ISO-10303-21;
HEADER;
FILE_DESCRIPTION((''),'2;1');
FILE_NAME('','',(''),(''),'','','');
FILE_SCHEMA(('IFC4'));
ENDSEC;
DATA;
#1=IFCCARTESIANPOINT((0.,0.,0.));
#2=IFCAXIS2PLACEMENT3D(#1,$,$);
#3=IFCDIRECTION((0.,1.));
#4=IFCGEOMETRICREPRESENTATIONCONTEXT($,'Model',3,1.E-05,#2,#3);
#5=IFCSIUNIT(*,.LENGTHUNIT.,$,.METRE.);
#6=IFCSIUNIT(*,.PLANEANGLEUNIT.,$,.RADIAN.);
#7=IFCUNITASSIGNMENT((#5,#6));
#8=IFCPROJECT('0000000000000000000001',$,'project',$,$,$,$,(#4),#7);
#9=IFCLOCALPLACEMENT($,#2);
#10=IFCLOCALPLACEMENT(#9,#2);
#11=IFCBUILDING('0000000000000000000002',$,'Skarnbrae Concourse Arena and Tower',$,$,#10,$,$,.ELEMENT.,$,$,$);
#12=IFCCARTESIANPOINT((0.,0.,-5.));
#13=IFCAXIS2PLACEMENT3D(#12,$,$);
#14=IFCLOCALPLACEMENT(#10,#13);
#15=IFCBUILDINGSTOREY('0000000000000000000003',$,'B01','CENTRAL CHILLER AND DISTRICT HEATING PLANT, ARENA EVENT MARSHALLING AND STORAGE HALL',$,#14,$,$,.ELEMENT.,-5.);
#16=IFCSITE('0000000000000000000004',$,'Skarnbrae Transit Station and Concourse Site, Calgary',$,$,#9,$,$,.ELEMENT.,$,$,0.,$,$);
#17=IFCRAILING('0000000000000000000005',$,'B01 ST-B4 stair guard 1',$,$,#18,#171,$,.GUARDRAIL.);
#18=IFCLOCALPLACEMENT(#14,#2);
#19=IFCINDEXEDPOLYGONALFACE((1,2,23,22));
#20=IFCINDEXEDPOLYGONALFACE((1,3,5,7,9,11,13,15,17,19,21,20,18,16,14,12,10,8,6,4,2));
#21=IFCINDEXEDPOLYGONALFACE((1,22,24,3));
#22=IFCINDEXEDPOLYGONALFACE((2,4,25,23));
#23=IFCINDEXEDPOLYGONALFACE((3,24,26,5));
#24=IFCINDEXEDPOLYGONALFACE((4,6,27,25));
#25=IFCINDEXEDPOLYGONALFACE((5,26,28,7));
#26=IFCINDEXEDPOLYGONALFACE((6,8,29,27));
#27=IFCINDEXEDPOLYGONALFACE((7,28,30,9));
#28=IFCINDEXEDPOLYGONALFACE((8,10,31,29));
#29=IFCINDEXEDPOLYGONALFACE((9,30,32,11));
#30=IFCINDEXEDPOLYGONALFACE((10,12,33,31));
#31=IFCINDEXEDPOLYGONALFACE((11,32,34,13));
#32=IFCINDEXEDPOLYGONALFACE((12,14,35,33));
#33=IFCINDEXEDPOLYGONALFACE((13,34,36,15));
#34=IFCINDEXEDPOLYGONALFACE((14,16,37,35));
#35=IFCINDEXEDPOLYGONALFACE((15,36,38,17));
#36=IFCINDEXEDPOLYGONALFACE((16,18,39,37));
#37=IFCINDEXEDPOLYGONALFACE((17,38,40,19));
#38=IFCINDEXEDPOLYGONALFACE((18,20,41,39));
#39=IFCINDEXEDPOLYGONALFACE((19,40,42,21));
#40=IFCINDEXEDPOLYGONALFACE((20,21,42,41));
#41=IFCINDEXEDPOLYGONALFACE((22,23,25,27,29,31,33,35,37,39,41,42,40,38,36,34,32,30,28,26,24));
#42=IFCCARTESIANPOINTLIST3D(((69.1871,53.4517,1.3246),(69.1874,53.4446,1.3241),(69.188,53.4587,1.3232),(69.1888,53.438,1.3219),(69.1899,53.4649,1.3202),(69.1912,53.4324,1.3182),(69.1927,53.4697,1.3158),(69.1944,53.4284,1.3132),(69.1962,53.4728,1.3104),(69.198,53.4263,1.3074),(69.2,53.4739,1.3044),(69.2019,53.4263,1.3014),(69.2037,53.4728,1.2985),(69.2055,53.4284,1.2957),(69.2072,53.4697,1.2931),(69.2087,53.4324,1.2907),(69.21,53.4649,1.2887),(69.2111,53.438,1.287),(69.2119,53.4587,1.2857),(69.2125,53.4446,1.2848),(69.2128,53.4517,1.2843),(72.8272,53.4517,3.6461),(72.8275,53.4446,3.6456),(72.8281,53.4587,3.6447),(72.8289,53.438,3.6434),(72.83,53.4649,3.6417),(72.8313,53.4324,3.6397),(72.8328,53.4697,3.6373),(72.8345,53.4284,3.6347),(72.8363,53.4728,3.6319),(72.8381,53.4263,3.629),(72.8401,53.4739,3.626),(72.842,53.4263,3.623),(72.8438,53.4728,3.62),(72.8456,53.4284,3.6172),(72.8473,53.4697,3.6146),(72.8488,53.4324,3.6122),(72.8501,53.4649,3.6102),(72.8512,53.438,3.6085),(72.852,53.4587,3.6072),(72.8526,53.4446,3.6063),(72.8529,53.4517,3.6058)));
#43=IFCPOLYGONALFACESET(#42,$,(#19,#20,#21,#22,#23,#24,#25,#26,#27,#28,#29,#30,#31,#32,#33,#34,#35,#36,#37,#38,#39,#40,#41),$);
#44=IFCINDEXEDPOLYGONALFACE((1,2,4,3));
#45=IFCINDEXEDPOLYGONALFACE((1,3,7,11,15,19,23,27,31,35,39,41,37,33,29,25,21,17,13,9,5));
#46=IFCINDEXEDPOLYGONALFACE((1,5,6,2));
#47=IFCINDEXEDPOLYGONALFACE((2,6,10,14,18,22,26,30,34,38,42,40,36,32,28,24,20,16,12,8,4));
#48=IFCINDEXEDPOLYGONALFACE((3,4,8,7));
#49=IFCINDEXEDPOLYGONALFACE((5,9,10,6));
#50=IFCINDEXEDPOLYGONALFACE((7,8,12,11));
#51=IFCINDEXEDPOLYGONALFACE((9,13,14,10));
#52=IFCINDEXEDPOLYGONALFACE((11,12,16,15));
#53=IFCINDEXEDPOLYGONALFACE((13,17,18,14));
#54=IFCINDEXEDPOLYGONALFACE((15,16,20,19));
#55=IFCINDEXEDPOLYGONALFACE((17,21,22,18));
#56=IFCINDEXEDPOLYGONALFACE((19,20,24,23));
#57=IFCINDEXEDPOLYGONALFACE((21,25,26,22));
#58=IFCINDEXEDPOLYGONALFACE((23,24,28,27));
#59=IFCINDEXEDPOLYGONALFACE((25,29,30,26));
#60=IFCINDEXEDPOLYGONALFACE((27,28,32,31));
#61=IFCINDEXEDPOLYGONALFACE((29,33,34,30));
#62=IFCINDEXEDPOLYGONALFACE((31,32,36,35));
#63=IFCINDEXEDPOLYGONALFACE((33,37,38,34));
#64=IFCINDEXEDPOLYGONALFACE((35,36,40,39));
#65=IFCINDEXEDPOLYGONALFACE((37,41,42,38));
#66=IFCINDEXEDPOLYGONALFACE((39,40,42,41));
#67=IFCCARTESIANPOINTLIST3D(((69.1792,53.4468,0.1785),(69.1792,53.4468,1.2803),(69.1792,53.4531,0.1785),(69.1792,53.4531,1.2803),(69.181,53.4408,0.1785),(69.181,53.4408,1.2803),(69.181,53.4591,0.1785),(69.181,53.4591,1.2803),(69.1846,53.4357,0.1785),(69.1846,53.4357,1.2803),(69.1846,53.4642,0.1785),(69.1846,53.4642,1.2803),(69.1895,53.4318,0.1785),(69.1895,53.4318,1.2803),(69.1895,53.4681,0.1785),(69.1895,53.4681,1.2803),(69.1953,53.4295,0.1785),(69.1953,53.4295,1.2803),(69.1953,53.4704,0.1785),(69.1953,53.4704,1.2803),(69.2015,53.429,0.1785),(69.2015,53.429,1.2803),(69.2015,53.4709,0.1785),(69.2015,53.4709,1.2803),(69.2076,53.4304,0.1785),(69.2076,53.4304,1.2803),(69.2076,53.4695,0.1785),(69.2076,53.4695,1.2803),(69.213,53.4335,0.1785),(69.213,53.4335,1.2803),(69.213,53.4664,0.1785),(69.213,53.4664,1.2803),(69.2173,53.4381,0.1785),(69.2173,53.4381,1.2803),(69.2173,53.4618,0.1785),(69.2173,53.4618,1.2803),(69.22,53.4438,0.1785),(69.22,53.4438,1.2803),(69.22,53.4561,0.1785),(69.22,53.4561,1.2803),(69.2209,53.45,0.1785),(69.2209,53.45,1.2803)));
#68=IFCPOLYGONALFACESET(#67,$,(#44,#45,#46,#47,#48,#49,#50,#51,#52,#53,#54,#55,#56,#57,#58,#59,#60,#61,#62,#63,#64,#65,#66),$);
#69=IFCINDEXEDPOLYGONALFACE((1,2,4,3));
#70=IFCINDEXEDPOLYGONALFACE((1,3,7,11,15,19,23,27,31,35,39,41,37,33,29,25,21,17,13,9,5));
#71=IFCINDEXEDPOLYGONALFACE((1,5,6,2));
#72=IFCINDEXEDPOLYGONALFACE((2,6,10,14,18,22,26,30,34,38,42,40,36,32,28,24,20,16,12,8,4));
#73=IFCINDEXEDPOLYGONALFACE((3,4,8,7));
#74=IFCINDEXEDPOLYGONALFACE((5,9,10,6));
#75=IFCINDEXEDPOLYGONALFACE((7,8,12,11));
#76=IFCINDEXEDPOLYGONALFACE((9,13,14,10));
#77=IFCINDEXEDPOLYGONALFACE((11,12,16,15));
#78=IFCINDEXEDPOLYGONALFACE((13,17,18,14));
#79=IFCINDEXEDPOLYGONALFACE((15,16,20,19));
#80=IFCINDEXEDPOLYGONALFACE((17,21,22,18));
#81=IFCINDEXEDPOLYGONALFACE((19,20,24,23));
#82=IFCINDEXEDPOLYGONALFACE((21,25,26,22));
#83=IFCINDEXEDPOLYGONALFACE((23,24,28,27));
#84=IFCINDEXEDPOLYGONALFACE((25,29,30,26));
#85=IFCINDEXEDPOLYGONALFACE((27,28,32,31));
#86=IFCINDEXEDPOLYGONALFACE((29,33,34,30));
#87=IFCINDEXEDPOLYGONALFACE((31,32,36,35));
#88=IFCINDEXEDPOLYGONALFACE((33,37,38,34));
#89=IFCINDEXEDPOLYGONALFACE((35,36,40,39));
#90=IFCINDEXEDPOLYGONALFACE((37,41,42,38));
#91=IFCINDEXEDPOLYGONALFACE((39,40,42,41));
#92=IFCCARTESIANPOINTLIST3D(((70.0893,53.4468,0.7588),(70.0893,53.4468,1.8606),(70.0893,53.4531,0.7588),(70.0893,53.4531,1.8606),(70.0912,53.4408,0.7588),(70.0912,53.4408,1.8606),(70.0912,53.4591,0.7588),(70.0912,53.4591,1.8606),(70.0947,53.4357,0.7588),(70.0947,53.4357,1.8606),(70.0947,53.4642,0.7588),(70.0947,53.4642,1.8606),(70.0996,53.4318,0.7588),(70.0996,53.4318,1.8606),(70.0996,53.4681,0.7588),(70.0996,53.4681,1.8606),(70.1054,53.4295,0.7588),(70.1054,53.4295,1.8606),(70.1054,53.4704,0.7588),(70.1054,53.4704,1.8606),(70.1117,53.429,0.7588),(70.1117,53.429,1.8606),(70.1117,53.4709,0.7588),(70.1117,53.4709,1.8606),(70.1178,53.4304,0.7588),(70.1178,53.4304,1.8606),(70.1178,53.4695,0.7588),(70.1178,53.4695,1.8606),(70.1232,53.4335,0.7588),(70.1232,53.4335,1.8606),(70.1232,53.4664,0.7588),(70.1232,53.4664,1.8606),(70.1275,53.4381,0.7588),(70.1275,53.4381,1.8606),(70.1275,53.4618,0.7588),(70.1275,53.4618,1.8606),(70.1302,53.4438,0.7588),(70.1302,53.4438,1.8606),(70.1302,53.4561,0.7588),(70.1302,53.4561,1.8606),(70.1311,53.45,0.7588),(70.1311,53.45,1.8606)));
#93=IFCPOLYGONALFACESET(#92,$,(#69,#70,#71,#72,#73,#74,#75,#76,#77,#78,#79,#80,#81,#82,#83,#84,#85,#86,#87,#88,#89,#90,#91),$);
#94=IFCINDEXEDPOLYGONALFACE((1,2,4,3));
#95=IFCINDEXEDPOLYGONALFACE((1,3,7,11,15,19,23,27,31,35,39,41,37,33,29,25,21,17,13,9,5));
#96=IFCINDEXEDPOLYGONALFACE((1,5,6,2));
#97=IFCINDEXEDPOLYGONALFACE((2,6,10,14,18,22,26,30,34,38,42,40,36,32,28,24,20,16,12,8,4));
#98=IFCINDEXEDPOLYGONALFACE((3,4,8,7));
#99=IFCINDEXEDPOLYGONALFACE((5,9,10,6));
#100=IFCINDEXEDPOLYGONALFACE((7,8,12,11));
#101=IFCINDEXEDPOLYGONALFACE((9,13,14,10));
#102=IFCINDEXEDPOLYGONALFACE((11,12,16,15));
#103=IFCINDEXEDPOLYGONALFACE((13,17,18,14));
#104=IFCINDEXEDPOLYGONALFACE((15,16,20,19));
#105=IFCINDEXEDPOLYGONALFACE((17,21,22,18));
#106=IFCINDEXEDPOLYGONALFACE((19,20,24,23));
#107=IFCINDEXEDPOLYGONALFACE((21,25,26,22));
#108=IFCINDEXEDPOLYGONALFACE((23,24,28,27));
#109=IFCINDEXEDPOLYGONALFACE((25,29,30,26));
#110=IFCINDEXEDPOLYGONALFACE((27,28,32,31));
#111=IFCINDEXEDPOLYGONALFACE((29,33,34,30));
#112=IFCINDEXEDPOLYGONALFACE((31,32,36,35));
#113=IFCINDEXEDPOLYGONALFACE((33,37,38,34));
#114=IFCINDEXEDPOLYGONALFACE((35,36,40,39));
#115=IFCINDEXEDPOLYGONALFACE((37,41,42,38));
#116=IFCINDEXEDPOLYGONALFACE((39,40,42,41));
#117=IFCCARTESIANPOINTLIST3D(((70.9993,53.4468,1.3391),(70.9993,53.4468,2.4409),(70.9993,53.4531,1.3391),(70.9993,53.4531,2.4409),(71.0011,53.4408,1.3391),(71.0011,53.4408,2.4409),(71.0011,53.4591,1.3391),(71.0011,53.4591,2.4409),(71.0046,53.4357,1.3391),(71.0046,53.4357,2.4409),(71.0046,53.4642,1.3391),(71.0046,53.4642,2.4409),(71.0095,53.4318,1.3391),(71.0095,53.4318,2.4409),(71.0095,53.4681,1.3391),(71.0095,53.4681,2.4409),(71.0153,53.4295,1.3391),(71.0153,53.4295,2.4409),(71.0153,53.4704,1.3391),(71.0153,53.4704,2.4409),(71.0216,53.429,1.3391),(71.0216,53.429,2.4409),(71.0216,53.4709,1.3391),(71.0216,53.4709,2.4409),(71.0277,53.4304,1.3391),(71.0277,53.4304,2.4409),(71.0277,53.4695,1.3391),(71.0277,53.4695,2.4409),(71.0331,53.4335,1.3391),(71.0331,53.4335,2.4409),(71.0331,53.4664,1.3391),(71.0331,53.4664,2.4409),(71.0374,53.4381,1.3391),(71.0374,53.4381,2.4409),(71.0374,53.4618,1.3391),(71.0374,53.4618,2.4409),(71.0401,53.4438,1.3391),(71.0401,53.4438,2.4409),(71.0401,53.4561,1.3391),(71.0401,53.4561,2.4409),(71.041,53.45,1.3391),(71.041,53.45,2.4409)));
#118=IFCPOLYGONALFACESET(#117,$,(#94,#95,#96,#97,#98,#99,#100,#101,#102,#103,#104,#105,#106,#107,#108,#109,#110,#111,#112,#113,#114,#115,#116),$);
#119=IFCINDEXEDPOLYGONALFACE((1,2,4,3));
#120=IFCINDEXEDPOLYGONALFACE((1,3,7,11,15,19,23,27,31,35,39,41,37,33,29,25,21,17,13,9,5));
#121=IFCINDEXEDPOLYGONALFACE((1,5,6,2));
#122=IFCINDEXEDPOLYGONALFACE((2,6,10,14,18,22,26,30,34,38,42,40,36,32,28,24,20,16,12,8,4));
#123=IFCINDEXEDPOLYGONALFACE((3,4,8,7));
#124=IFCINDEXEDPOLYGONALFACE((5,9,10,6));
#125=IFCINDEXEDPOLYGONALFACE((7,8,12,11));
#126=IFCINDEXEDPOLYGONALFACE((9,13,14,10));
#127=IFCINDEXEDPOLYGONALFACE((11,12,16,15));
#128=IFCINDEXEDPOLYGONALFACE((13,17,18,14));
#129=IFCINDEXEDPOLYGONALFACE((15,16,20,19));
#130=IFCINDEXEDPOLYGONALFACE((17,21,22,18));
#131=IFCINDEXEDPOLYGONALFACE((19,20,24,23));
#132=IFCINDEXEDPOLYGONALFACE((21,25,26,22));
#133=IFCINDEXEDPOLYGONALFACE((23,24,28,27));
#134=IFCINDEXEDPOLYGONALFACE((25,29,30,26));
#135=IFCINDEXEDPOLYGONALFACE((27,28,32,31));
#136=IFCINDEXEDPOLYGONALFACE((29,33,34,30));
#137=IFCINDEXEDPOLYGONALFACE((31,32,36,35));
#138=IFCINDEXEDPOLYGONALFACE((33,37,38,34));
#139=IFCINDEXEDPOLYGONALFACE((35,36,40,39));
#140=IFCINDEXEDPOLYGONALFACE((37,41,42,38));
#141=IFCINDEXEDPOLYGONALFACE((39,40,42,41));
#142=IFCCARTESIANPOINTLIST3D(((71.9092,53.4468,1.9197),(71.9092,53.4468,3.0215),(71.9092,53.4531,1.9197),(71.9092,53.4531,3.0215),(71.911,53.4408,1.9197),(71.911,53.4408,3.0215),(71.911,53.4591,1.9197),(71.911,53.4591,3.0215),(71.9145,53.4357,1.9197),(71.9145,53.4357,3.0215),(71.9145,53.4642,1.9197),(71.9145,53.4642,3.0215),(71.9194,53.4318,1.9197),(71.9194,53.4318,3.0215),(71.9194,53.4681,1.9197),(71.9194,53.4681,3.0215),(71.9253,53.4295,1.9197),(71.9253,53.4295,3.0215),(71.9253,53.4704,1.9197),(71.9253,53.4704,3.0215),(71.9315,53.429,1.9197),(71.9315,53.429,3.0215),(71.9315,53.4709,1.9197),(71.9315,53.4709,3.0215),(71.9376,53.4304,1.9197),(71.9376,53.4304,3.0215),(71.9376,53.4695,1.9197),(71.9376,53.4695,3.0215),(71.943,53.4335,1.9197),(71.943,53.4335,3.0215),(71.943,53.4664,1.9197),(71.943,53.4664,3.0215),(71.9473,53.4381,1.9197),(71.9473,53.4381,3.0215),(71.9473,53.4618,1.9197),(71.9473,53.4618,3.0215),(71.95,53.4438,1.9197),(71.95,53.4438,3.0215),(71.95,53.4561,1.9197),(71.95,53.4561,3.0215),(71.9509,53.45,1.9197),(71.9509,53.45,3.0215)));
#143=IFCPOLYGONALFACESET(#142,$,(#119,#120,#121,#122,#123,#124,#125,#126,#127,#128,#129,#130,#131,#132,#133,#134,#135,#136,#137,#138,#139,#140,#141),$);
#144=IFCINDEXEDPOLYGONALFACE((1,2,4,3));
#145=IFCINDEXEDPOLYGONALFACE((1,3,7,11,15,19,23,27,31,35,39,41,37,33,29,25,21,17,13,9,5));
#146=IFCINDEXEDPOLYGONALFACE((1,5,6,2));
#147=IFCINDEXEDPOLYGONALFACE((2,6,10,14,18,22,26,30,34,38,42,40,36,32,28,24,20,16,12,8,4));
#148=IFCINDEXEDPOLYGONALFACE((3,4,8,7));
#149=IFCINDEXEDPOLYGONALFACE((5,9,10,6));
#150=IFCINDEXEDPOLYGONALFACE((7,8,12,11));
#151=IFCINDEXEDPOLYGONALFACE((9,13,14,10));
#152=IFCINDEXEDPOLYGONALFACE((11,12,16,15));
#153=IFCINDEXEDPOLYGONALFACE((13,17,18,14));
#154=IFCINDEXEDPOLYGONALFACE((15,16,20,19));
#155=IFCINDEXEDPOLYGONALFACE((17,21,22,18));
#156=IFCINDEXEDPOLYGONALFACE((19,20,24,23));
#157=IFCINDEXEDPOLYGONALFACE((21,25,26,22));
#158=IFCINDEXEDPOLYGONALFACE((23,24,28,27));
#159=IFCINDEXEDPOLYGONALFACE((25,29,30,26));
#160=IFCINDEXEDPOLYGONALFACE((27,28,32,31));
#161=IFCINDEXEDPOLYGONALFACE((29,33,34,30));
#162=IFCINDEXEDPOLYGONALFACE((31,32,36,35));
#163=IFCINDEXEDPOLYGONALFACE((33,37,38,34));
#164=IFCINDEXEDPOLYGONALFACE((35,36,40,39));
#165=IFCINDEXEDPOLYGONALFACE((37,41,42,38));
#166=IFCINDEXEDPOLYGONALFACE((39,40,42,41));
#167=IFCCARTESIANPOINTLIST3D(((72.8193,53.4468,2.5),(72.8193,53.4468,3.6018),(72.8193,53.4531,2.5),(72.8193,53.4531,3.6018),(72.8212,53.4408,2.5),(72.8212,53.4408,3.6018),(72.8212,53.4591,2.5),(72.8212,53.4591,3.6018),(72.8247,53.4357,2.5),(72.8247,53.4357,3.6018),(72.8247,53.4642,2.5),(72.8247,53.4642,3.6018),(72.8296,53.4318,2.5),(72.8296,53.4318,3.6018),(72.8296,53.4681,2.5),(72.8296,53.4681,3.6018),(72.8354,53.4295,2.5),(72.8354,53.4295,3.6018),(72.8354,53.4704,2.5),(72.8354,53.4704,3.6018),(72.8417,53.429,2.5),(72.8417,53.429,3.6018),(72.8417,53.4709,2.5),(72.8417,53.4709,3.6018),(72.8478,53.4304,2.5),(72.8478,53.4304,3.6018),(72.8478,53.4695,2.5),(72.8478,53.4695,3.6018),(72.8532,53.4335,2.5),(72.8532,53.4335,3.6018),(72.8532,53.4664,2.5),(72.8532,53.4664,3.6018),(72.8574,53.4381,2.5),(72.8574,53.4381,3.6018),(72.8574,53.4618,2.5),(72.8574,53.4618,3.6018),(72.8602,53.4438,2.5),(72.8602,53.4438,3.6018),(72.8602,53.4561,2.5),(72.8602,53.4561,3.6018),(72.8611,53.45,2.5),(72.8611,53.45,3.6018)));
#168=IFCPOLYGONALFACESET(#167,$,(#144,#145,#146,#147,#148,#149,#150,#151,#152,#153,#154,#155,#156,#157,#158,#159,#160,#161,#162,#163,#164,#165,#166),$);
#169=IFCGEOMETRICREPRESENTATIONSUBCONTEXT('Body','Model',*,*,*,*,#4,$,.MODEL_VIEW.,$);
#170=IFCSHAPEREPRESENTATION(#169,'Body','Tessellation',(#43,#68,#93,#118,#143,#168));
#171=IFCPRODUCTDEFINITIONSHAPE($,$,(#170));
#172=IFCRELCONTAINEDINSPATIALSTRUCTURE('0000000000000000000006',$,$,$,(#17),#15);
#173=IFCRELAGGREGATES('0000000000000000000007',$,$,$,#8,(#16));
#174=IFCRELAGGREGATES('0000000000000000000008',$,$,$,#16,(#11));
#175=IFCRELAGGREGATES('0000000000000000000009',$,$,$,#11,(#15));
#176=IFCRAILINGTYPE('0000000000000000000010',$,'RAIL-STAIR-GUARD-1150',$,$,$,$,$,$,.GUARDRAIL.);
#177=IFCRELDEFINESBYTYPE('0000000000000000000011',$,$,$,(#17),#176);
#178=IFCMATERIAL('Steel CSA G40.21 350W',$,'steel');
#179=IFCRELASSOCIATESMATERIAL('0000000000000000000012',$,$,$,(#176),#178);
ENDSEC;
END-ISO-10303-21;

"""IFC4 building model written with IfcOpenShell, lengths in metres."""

from ifc_helpers import new_model, si_unit, direction, frame, origin, origin_2d, place, context, subcontext, project, spatial, circle, extrude, material, type_object, element, save


model = new_model("IFC4")

# Units and contexts
model_context = context("Model", 3, precision=1e-05, world=origin(), true_north=direction((0.0, 1.0)))
body_context = subcontext(model_context, "Body", "Model", "MODEL_VIEW")
ifc_project = project(units=[si_unit("LENGTHUNIT", "METRE"), si_unit("PLANEANGLEUNIT", "RADIAN")], contexts=[model_context])

# Site, building, storey
site_placement = place(None, origin())
site = spatial("IfcSite", under=ifc_project, at=site_placement, Name="Skarnbrae Transit Station and Concourse Site, Calgary", CompositionType="ELEMENT", RefElevation=0.0)
building_placement = place(site_placement, origin())
building = spatial("IfcBuilding", under=site, at=building_placement, Name="Skarnbrae Concourse Arena and Tower", CompositionType="ELEMENT")
storey_placement = place(building_placement, frame((0.0, 0.0, -5.0)))
storey = spatial("IfcBuildingStorey", under=building, at=storey_placement, Name="B01", Description="CENTRAL CHILLER AND DISTRICT HEATING PLANT, ARENA EVENT MARSHALLING AND STORAGE HALL", CompositionType="ELEMENT", Elevation=-5.0)

# Shared definitions
ifc_material_1 = material(Name="Steel CSA G40.21 350W", Category="steel")

# Railing
railing_type_1 = type_object("IfcRailingType", Name="RAIL-STAIR-GUARD-1150", PredefinedType="GUARDRAIL", material=ifc_material_1)
railing_1_placement = place(storey_placement, frame((69.2, 53.45, 0.1785)))
element("IfcRailing", 1, at=railing_1_placement, inside=storey, type_object=railing_type_1, Name="B01 ST-B4 stair guard 1", PredefinedType="GUARDRAIL", context=body_context, shape_type="SweptSolid", body=[
    extrude(circle(Radius=0.0239, at=origin_2d()), frame((0.0, 0.0, 1.126), z_axis=(0.843128, 0.0, 0.537713), x_axis=(0.0, 1.0, 0.0)), (0.0, 0.0, 1.0), 4.3174),
    extrude(circle(Radius=0.021, at=origin_2d()), origin(), (0.0, 0.0, 1.0), 1.1018),
    extrude(circle(Radius=0.021, at=origin_2d()), frame((0.9102, 0.0, 0.5803)), (0.0, 0.0, 1.0), 1.1018),
    extrude(circle(Radius=0.021, at=origin_2d()), frame((1.8201, 0.0, 1.1606)), (0.0, 0.0, 1.0), 1.1018),
    extrude(circle(Radius=0.021, at=origin_2d()), frame((2.73, 0.0, 1.7412)), (0.0, 0.0, 1.0), 1.1018),
    extrude(circle(Radius=0.021, at=origin_2d()), frame((3.6401, 0.0, 2.3215)), (0.0, 0.0, 1.0), 1.1018),
])

save(model, "model.ifc")
